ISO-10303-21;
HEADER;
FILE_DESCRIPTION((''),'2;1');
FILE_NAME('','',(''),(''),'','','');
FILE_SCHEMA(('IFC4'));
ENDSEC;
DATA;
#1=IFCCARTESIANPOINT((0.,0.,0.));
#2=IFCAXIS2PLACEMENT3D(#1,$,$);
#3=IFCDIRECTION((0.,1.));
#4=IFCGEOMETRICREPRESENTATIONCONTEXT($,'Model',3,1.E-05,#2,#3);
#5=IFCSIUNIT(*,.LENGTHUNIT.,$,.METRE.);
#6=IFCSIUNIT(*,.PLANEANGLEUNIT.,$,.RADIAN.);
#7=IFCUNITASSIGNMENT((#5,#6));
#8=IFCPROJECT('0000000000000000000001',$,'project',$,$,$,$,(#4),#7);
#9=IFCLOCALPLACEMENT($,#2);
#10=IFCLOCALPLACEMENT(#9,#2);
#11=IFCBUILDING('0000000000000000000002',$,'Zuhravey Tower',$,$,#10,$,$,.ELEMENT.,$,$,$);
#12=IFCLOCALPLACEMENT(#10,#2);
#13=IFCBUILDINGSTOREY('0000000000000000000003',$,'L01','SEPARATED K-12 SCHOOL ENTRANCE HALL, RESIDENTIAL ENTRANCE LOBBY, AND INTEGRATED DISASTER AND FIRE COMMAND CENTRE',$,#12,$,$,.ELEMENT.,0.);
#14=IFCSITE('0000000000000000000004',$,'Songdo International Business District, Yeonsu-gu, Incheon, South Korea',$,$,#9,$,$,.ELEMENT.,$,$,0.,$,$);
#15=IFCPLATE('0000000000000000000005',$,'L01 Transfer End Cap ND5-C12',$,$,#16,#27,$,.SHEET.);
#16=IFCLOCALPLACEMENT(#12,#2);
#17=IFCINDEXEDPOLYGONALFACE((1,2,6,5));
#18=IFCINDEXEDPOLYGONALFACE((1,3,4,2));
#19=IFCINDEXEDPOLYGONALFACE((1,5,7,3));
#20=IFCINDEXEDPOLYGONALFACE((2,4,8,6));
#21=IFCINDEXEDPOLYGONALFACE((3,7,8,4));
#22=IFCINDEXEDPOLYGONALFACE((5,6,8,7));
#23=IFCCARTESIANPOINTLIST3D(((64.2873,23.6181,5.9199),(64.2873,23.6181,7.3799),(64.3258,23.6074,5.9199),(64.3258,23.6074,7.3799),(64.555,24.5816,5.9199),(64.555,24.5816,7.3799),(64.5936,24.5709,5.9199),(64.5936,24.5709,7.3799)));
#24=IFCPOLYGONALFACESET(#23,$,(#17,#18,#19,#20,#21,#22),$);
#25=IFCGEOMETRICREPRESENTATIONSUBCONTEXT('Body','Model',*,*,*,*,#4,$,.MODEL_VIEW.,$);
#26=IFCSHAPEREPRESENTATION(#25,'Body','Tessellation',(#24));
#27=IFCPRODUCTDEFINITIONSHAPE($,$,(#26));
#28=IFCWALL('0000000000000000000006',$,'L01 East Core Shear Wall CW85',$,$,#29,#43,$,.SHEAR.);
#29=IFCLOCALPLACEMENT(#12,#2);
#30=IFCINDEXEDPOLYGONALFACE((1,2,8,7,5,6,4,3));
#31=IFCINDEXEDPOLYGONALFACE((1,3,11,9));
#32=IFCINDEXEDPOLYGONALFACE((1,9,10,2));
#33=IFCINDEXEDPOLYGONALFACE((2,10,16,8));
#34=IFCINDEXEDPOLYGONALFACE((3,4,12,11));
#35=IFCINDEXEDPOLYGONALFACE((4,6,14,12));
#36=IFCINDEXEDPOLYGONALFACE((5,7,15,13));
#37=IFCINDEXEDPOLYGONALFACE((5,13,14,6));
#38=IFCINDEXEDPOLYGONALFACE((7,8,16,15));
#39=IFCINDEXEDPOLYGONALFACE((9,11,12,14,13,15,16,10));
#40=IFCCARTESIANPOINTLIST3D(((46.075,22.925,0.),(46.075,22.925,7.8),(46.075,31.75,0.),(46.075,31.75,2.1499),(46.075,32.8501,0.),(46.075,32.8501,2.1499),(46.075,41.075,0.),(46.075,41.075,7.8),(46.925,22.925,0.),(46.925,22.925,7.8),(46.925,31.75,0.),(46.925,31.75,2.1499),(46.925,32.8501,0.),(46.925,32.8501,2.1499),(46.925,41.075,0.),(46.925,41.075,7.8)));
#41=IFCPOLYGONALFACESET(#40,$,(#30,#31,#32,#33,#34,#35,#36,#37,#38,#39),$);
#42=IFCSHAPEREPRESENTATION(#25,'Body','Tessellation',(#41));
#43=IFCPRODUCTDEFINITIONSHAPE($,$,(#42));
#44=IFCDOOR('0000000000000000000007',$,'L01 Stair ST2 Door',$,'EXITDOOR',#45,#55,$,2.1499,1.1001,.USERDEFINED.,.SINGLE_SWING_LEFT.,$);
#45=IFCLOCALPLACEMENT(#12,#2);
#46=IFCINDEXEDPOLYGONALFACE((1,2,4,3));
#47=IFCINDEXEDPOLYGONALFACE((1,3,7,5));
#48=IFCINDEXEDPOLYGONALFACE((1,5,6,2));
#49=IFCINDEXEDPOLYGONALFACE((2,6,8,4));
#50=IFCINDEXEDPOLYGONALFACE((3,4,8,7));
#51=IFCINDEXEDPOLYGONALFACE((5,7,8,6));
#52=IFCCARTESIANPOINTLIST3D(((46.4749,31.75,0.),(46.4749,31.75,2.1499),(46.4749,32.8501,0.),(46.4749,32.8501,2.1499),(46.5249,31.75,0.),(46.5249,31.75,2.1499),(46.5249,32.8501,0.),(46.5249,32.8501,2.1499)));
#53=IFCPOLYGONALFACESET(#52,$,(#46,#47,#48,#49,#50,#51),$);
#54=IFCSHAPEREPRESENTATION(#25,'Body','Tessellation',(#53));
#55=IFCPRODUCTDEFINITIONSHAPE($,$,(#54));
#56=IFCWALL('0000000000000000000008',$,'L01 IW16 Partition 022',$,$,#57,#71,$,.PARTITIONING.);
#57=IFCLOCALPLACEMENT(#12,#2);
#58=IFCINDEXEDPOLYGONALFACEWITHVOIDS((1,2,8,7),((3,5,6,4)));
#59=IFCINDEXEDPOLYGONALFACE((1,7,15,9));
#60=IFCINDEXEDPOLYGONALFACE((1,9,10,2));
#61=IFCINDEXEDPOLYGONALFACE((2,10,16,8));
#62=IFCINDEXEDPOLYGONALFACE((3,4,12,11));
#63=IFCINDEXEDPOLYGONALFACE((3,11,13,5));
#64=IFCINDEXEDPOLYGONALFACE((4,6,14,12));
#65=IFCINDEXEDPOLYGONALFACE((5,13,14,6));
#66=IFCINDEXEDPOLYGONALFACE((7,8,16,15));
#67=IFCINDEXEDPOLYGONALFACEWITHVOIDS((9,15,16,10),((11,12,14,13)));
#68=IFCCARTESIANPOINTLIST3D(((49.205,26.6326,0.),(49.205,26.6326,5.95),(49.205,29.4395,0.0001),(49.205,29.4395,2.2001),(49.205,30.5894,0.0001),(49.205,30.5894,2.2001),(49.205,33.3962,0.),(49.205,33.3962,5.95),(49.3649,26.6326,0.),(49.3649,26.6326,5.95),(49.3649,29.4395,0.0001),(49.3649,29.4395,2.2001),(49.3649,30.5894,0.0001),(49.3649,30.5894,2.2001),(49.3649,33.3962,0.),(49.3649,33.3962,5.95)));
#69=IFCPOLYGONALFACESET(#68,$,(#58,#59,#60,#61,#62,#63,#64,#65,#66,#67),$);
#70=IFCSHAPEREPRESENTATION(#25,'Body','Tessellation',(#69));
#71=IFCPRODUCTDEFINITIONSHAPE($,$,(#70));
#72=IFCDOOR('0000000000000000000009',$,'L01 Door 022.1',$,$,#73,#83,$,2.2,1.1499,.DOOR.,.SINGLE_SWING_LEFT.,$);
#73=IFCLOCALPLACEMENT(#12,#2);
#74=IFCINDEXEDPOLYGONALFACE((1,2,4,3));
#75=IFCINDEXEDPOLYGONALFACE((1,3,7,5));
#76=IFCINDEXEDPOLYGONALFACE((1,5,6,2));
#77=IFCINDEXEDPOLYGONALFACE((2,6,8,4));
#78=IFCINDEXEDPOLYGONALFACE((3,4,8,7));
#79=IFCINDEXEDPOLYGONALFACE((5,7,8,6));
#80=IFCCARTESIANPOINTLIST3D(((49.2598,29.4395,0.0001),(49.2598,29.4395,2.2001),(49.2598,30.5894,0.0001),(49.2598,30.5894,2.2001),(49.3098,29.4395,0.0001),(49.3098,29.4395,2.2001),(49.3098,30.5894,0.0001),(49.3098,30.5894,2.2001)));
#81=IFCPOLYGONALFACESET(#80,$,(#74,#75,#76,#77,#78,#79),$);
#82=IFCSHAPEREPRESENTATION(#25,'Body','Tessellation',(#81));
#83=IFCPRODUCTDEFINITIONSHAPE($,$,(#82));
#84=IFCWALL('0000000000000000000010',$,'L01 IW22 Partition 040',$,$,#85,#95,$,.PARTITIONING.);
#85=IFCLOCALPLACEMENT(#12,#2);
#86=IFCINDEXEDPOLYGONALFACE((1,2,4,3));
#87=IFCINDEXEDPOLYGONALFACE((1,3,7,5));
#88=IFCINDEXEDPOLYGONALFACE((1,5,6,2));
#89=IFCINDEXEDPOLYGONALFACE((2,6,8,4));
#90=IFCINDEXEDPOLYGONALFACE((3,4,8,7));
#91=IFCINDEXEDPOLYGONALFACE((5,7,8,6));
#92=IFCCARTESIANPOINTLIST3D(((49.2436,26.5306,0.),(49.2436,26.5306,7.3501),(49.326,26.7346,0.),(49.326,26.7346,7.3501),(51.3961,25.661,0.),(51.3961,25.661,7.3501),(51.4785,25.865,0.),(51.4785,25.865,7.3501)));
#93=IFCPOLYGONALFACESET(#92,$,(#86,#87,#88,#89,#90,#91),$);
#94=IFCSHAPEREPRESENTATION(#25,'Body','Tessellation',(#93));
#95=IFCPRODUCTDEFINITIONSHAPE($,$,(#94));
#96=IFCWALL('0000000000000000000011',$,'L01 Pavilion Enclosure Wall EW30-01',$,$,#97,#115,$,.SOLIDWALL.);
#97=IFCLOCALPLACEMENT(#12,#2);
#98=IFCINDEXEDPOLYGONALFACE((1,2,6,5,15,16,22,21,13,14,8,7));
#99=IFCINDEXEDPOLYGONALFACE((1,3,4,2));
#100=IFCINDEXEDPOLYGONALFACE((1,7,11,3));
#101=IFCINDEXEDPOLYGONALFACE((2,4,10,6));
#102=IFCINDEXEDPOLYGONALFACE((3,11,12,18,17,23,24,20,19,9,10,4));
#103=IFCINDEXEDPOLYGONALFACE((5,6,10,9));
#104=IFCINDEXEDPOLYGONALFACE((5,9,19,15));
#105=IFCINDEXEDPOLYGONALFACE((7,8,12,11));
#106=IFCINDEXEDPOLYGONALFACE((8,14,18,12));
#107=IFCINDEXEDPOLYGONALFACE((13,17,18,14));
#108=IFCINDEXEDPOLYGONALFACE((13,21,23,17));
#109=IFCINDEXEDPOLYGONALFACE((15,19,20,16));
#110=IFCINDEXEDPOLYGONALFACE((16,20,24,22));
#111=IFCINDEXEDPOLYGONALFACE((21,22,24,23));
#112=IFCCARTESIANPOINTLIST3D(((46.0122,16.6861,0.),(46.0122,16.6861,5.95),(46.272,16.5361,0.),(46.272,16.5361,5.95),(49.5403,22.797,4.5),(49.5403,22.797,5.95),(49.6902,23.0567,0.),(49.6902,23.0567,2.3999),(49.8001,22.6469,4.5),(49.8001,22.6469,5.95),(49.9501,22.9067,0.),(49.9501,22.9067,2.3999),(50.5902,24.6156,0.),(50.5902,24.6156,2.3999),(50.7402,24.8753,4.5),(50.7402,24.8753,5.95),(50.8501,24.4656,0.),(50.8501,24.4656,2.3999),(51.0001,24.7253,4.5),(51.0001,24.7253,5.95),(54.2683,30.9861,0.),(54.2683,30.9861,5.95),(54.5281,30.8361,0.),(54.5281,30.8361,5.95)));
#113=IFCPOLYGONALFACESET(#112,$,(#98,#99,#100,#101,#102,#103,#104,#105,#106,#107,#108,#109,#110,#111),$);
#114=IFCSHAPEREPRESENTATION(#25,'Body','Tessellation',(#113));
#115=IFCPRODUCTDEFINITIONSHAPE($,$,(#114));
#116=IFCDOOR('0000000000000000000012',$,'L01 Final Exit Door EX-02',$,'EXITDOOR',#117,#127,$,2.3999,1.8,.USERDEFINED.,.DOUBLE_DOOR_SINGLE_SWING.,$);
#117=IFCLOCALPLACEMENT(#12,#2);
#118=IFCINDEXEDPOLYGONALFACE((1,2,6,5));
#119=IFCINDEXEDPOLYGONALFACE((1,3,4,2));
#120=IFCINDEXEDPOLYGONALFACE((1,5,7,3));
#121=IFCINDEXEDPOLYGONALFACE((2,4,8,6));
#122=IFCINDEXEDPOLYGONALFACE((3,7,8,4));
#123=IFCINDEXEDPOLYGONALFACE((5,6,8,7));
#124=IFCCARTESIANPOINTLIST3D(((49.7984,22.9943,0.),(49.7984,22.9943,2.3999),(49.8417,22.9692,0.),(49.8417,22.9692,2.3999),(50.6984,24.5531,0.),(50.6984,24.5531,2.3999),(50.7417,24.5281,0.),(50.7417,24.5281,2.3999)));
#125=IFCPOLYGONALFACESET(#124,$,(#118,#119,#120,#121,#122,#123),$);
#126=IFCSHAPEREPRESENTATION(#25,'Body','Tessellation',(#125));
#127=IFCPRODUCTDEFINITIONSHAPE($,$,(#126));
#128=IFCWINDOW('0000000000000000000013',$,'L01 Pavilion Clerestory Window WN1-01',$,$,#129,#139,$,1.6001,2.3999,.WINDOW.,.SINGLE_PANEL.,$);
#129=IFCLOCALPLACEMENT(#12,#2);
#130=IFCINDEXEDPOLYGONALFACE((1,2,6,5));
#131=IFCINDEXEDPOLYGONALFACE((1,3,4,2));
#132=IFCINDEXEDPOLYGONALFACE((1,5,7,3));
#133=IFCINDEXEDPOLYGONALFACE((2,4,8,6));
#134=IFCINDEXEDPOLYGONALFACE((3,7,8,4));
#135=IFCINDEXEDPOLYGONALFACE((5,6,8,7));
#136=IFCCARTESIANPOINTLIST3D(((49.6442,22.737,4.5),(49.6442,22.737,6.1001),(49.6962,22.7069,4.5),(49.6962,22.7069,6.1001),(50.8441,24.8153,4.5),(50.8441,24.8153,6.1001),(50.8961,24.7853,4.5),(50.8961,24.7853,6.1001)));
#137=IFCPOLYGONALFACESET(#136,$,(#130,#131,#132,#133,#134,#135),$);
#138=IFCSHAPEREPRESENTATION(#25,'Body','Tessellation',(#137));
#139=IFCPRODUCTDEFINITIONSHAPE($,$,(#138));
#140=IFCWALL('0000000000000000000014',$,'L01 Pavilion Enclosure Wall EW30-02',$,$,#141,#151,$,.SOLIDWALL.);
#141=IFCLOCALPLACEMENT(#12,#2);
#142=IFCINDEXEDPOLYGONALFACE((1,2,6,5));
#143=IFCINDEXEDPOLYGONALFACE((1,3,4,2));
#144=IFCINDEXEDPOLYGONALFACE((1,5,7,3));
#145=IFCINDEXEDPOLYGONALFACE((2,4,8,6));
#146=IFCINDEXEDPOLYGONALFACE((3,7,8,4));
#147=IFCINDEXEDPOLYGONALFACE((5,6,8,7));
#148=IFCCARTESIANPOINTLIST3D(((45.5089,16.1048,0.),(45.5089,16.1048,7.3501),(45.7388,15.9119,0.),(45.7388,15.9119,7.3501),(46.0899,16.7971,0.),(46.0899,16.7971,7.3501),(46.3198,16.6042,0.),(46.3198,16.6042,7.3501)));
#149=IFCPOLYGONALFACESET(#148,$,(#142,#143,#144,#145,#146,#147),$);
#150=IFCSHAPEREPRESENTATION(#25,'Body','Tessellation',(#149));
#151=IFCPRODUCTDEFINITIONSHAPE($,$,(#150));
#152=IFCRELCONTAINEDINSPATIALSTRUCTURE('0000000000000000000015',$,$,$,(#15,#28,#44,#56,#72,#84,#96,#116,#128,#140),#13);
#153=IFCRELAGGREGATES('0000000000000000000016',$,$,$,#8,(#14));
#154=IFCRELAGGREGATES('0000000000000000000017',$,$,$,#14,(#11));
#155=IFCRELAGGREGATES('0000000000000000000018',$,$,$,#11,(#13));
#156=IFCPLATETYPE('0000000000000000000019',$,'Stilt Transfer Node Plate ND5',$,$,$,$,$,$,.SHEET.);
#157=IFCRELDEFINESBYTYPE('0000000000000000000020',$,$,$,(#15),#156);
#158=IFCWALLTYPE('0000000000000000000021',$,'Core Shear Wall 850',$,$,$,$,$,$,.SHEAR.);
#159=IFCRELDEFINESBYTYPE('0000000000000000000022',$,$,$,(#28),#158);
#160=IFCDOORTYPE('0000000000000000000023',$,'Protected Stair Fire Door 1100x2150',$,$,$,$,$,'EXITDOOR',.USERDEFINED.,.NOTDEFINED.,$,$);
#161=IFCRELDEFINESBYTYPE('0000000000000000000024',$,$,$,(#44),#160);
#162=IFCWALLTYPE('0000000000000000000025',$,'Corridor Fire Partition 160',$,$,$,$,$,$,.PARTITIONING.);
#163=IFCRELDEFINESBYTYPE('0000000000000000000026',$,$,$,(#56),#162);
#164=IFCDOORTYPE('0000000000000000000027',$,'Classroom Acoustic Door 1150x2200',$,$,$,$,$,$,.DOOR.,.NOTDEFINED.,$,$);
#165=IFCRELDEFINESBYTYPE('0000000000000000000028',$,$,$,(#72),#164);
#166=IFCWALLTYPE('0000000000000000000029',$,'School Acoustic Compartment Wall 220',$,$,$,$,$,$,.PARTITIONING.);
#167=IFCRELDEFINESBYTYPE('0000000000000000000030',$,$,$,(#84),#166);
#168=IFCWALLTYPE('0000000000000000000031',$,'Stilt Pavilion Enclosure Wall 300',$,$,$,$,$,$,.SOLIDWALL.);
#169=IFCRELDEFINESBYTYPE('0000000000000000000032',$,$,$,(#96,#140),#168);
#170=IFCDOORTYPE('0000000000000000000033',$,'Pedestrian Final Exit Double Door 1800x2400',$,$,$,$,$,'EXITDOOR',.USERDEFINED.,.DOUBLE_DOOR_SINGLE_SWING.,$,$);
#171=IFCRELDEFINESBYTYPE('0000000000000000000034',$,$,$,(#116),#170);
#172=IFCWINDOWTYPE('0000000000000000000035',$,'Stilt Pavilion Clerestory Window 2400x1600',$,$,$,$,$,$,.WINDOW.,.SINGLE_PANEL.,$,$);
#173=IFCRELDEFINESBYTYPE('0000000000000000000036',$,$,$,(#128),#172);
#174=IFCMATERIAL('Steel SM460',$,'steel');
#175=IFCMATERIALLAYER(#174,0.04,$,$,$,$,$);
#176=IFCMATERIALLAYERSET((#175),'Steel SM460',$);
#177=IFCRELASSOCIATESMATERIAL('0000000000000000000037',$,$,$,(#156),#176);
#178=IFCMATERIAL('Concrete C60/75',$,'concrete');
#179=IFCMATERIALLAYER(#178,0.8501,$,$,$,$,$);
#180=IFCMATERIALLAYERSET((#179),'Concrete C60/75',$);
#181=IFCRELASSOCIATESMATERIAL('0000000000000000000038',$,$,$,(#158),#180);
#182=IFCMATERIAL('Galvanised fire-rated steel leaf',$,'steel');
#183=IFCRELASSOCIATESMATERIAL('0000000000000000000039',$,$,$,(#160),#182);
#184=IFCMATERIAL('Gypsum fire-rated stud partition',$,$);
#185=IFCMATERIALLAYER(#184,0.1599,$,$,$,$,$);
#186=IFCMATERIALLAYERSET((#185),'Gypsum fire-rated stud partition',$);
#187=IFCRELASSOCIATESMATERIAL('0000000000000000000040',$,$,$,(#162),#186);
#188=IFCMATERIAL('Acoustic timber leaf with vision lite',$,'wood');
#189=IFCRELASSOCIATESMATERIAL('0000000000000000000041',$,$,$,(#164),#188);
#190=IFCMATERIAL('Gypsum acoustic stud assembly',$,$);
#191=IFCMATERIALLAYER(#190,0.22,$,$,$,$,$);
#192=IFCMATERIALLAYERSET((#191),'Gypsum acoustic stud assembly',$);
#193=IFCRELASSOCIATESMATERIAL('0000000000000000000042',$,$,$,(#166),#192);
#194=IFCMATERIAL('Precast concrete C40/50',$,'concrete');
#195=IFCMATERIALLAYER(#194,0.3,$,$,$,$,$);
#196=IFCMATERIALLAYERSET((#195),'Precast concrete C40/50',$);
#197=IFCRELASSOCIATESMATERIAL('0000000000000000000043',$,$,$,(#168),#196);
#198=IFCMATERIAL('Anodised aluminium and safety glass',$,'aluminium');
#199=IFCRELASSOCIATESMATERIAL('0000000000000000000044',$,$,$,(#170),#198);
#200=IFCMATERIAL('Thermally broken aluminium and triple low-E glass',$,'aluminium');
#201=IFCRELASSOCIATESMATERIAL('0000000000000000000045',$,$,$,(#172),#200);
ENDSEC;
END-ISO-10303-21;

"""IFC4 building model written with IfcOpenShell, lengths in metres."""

from ifc_helpers import new_model, si_unit, direction, frame, frame_2d, origin, origin_2d, place, context, subcontext, project, spatial, rectangle, extrude, material, layer, layer_set, type_object, element, fill, save


model = new_model("IFC4")

# Units and contexts
model_context = context("Model", 3, precision=1e-05, world=origin(), true_north=direction((0.0, 1.0)))
body_context = subcontext(model_context, "Body", "Model", "MODEL_VIEW")
ifc_project = project(units=[si_unit("LENGTHUNIT", "METRE"), si_unit("PLANEANGLEUNIT", "RADIAN")], contexts=[model_context])

# Site, building, storey
site_placement = place(None, origin())
site = spatial("IfcSite", under=ifc_project, at=site_placement, Name="Songdo International Business District, Yeonsu-gu, Incheon, South Korea", CompositionType="ELEMENT", RefElevation=0.0)
building_placement = place(site_placement, origin())
building = spatial("IfcBuilding", under=site, at=building_placement, Name="Zuhravey Tower", CompositionType="ELEMENT")
storey_placement = place(building_placement, origin())
storey = spatial("IfcBuildingStorey", under=building, at=storey_placement, Name="L01", Description="SEPARATED K-12 SCHOOL ENTRANCE HALL, RESIDENTIAL ENTRANCE LOBBY, AND INTEGRATED DISASTER AND FIRE COMMAND CENTRE", CompositionType="ELEMENT", Elevation=0.0)

# Shared definitions
ifc_material_1 = material(Name="Concrete C60/75", Category="concrete")

# Shared definitions
ifc_material_2 = material(Name="Steel SM460", Category="steel")

# Plate
ifc_layer_1 = layer(ifc_material_2, 0.04)
ifc_layer_set_1 = layer_set([ifc_layer_1], Name="Steel SM460")
plate_type_1 = type_object("IfcPlateType", Name="Stilt Transfer Node Plate ND5", PredefinedType="SHEET", material=ifc_layer_set_1)
plate_1_placement = place(storey_placement, frame((64.4404, 24.0945, 5.9199), z_axis=(0.0, 0.0, 1.0), x_axis=(0.96349, -0.267743, 0.0)))
element("IfcPlate", 1, at=plate_1_placement, inside=storey, type_object=plate_type_1, Name="L01 Transfer End Cap ND5-C12", PredefinedType="SHEET", context=body_context, shape_type="SweptSolid", body=[
    extrude(rectangle(XDim=0.04, YDim=1.0, at=origin_2d()), origin(), (0.0, 0.0, 1.0), 1.46),
])

# Walls, openings, doors
ifc_layer_2 = layer(ifc_material_1, 0.8501)
ifc_layer_set_2 = layer_set([ifc_layer_2], Name="Concrete C60/75")
wall_type_1 = type_object("IfcWallType", Name="Core Shear Wall 850", PredefinedType="SHEAR", material=ifc_layer_set_2)
wall_1_placement = place(storey_placement, frame((46.5, 22.925, 0.0), z_axis=(0.0, 0.0, 1.0), x_axis=(0.0, 1.0, 0.0)))
wall_1 = element("IfcWall", 2, at=wall_1_placement, inside=storey, type_object=wall_type_1, Name="L01 East Core Shear Wall CW85", PredefinedType="SHEAR", context=body_context, shape_type="SweptSolid", body=[
    extrude(rectangle(XDim=18.1499, YDim=0.8501, at=frame_2d((9.075, 0.0))), origin(), (0.0, 0.0, 1.0), 7.8),
])
opening_1_placement = place(wall_1_placement, frame((8.825, 0.0, 0.0)))
opening_1 = element("IfcOpeningElement", 3, at=opening_1_placement, cuts=wall_1, PredefinedType="OPENING", context=body_context, shape_type="SweptSolid", body=[
    extrude(rectangle(XDim=1.1001, YDim=2.1499, at=frame_2d((0.55, 1.075))), frame((0.0, 0.437, 0.0), z_axis=(0.0, -1.0, 0.0), x_axis=(1.0, 0.0, 0.0)), (0.0, 0.0, 1.0), 0.874),
])
ifc_material_3 = material(Name="Galvanised fire-rated steel leaf", Category="steel")
door_type_1 = type_object("IfcDoorType", Name="Protected Stair Fire Door 1100x2150", ElementType="EXITDOOR", OperationType="NOTDEFINED", PredefinedType="USERDEFINED", material=ifc_material_3)
door_1_placement = place(opening_1_placement, frame((1.1001, 0.0, 0.0), z_axis=(0.0, 0.0, 1.0), x_axis=(-1.0, 0.0, 0.0)))
door_1 = element("IfcDoor", 4, at=door_1_placement, inside=storey, type_object=door_type_1, Name="L01 Stair ST2 Door", ObjectType="EXITDOOR", OperationType="SINGLE_SWING_LEFT", OverallHeight=2.1499, OverallWidth=1.1001, PredefinedType="USERDEFINED", context=body_context, shape_type="SweptSolid", body=[
    extrude(rectangle(XDim=1.1001, YDim=2.1499, at=frame_2d((0.55, 1.075))), frame((0.0, 0.0249, 0.0), z_axis=(0.0, -1.0, 0.0), x_axis=(1.0, 0.0, 0.0)), (0.0, 0.0, 1.0), 0.05),
])
fill(opening_1, door_1)
ifc_material_4 = material(Name="Gypsum fire-rated stud partition")
ifc_layer_3 = layer(ifc_material_4, 0.1599)
ifc_layer_set_3 = layer_set([ifc_layer_3], Name="Gypsum fire-rated stud partition")
wall_type_2 = type_object("IfcWallType", Name="Corridor Fire Partition 160", PredefinedType="PARTITIONING", material=ifc_layer_set_3)
wall_2_placement = place(storey_placement, frame((49.2849, 26.6326, 0.0), z_axis=(0.0, 0.0, 1.0), x_axis=(0.0, 1.0, 0.0)))
wall_2 = element("IfcWall", 5, at=wall_2_placement, inside=storey, type_object=wall_type_2, Name="L01 IW16 Partition 022", PredefinedType="PARTITIONING", context=body_context, shape_type="SweptSolid", body=[
    extrude(rectangle(XDim=6.7637, YDim=0.1599, at=frame_2d((3.3818, 0.0))), origin(), (0.0, 0.0, 1.0), 5.95),
])
opening_2_placement = place(wall_2_placement, frame((2.8069, 0.0, 0.0)))
opening_2 = element("IfcOpeningElement", 6, at=opening_2_placement, cuts=wall_2, PredefinedType="OPENING", context=body_context, shape_type="SweptSolid", body=[
    extrude(rectangle(XDim=1.1499, YDim=2.2, at=frame_2d((0.575, 1.1001))), frame((0.0, 0.092, 0.0), z_axis=(0.0, -1.0, 0.0), x_axis=(1.0, 0.0, 0.0)), (0.0, 0.0, 1.0), 0.1838),
])
ifc_material_5 = material(Name="Acoustic timber leaf with vision lite", Category="wood")
door_type_2 = type_object("IfcDoorType", Name="Classroom Acoustic Door 1150x2200", OperationType="NOTDEFINED", PredefinedType="DOOR", material=ifc_material_5)
door_2_placement = place(opening_2_placement, frame((1.1499, 0.0, 0.0), z_axis=(0.0, 0.0, 1.0), x_axis=(-1.0, 0.0, 0.0)))
door_2 = element("IfcDoor", 7, at=door_2_placement, inside=storey, type_object=door_type_2, Name="L01 Door 022.1", OperationType="SINGLE_SWING_LEFT", OverallHeight=2.2, OverallWidth=1.1499, PredefinedType="DOOR", context=body_context, shape_type="SweptSolid", body=[
    extrude(rectangle(XDim=1.1499, YDim=2.2, at=frame_2d((0.575, 1.1001))), frame((0.0, 0.0249, 0.0), z_axis=(0.0, -1.0, 0.0), x_axis=(1.0, 0.0, 0.0)), (0.0, 0.0, 1.0), 0.05),
])
fill(opening_2, door_2)

# Wall
ifc_material_6 = material(Name="Gypsum acoustic stud assembly")
ifc_layer_4 = layer(ifc_material_6, 0.22)
ifc_layer_set_4 = layer_set([ifc_layer_4], Name="Gypsum acoustic stud assembly")
wall_type_3 = type_object("IfcWallType", Name="School Acoustic Compartment Wall 220", PredefinedType="PARTITIONING", material=ifc_layer_set_4)
wall_3_placement = place(storey_placement, frame((49.2849, 26.6326, 0.0), z_axis=(0.0, 0.0, 1.0), x_axis=(0.927195, -0.37458, 0.0)))
element("IfcWall", 8, at=wall_3_placement, inside=storey, type_object=wall_type_3, Name="L01 IW22 Partition 040", PredefinedType="PARTITIONING", context=body_context, shape_type="SweptSolid", body=[
    extrude(rectangle(XDim=2.3215, YDim=0.22, at=frame_2d((1.1606, 0.0))), origin(), (0.0, 0.0, 1.0), 7.3501),
])

# Wall, openings, door, window
ifc_material_7 = material(Name="Precast concrete C40/50", Category="concrete")
ifc_layer_5 = layer(ifc_material_7, 0.3)
ifc_layer_set_5 = layer_set([ifc_layer_5], Name="Precast concrete C40/50")
wall_type_4 = type_object("IfcWallType", Name="Stilt Pavilion Enclosure Wall 300", PredefinedType="SOLIDWALL", material=ifc_layer_set_5)
wall_4_placement = place(storey_placement, frame((54.3982, 30.9111, 0.0), z_axis=(0.0, 0.0, 1.0), x_axis=(-0.499998, -0.866026, 0.0)))
wall_4 = element("IfcWall", 9, at=wall_4_placement, inside=storey, type_object=wall_type_4, Name="L01 Pavilion Enclosure Wall EW30-01", PredefinedType="SOLIDWALL", context=body_context, shape_type="SweptSolid", body=[
    extrude(rectangle(XDim=16.5122, YDim=0.3, at=frame_2d((8.2561, 0.0))), origin(), (0.0, 0.0, 1.0), 5.95),
])
opening_3_placement = place(wall_4_placement, frame((7.3562, 0.0, 0.0)))
opening_3 = element("IfcOpeningElement", 10, at=opening_3_placement, cuts=wall_4, PredefinedType="OPENING", context=body_context, shape_type="SweptSolid", body=[
    extrude(rectangle(XDim=1.8, YDim=2.3999, at=frame_2d((0.8999, 1.2))), frame((0.0, 0.1621, 0.0), z_axis=(0.0, -1.0, 0.0), x_axis=(1.0, 0.0, 0.0)), (0.0, 0.0, 1.0), 0.324),
])
opening_4_placement = place(wall_4_placement, frame((7.0562, 0.0, 4.5)))
opening_4 = element("IfcOpeningElement", 11, at=opening_4_placement, cuts=wall_4, PredefinedType="OPENING", context=body_context, shape_type="SweptSolid", body=[
    extrude(rectangle(XDim=2.3999, YDim=1.6001, at=frame_2d((1.2, 0.8))), frame((0.0, 0.1621, 0.0), z_axis=(0.0, -1.0, 0.0), x_axis=(1.0, 0.0, 0.0)), (0.0, 0.0, 1.0), 0.324),
])
ifc_material_8 = material(Name="Anodised aluminium and safety glass", Category="aluminium")
door_type_3 = type_object("IfcDoorType", Name="Pedestrian Final Exit Double Door 1800x2400", ElementType="EXITDOOR", OperationType="DOUBLE_DOOR_SINGLE_SWING", PredefinedType="USERDEFINED", material=ifc_material_8)
door_3_placement = place(opening_3_placement, origin())
door_3 = element("IfcDoor", 12, at=door_3_placement, inside=storey, type_object=door_type_3, Name="L01 Final Exit Door EX-02", ObjectType="EXITDOOR", OperationType="DOUBLE_DOOR_SINGLE_SWING", OverallHeight=2.3999, OverallWidth=1.8, PredefinedType="USERDEFINED", context=body_context, shape_type="SweptSolid", body=[
    extrude(rectangle(XDim=1.8, YDim=2.3999, at=frame_2d((0.8999, 1.2))), frame((0.0, 0.0249, 0.0), z_axis=(0.0, -1.0, 0.0), x_axis=(1.0, 0.0, 0.0)), (0.0, 0.0, 1.0), 0.05),
])
fill(opening_3, door_3)
ifc_material_9 = material(Name="Thermally broken aluminium and triple low-E glass", Category="aluminium")
window_type = type_object("IfcWindowType", Name="Stilt Pavilion Clerestory Window 2400x1600", PartitioningType="SINGLE_PANEL", PredefinedType="WINDOW", material=ifc_material_9)
window_placement = place(opening_4_placement, origin())
window = element("IfcWindow", 13, at=window_placement, inside=storey, type_object=window_type, Name="L01 Pavilion Clerestory Window WN1-01", OverallHeight=1.6001, OverallWidth=2.3999, PartitioningType="SINGLE_PANEL", PredefinedType="WINDOW", context=body_context, shape_type="SweptSolid", body=[
    extrude(rectangle(XDim=2.3999, YDim=1.6001, at=frame_2d((1.2, 0.8))), frame((0.0, 0.03, 0.0), z_axis=(0.0, -1.0, 0.0), x_axis=(1.0, 0.0, 0.0)), (0.0, 0.0, 1.0), 0.0601),
])
fill(opening_4, window)

# Wall
wall_5_placement = place(storey_placement, frame((46.2048, 16.7007, 0.0), z_axis=(0.0, 0.0, 1.0), x_axis=(-0.642837, -0.766003, 0.0)))
element("IfcWall", 14, at=wall_5_placement, inside=storey, type_object=wall_type_4, Name="L01 Pavilion Enclosure Wall EW30-02", PredefinedType="SOLIDWALL", context=body_context, shape_type="SweptSolid", body=[
    extrude(rectangle(XDim=0.9038, YDim=0.3, at=frame_2d((0.4519, 0.0))), origin(), (0.0, 0.0, 1.0), 7.3501),
])

save(model, "model.ifc")
